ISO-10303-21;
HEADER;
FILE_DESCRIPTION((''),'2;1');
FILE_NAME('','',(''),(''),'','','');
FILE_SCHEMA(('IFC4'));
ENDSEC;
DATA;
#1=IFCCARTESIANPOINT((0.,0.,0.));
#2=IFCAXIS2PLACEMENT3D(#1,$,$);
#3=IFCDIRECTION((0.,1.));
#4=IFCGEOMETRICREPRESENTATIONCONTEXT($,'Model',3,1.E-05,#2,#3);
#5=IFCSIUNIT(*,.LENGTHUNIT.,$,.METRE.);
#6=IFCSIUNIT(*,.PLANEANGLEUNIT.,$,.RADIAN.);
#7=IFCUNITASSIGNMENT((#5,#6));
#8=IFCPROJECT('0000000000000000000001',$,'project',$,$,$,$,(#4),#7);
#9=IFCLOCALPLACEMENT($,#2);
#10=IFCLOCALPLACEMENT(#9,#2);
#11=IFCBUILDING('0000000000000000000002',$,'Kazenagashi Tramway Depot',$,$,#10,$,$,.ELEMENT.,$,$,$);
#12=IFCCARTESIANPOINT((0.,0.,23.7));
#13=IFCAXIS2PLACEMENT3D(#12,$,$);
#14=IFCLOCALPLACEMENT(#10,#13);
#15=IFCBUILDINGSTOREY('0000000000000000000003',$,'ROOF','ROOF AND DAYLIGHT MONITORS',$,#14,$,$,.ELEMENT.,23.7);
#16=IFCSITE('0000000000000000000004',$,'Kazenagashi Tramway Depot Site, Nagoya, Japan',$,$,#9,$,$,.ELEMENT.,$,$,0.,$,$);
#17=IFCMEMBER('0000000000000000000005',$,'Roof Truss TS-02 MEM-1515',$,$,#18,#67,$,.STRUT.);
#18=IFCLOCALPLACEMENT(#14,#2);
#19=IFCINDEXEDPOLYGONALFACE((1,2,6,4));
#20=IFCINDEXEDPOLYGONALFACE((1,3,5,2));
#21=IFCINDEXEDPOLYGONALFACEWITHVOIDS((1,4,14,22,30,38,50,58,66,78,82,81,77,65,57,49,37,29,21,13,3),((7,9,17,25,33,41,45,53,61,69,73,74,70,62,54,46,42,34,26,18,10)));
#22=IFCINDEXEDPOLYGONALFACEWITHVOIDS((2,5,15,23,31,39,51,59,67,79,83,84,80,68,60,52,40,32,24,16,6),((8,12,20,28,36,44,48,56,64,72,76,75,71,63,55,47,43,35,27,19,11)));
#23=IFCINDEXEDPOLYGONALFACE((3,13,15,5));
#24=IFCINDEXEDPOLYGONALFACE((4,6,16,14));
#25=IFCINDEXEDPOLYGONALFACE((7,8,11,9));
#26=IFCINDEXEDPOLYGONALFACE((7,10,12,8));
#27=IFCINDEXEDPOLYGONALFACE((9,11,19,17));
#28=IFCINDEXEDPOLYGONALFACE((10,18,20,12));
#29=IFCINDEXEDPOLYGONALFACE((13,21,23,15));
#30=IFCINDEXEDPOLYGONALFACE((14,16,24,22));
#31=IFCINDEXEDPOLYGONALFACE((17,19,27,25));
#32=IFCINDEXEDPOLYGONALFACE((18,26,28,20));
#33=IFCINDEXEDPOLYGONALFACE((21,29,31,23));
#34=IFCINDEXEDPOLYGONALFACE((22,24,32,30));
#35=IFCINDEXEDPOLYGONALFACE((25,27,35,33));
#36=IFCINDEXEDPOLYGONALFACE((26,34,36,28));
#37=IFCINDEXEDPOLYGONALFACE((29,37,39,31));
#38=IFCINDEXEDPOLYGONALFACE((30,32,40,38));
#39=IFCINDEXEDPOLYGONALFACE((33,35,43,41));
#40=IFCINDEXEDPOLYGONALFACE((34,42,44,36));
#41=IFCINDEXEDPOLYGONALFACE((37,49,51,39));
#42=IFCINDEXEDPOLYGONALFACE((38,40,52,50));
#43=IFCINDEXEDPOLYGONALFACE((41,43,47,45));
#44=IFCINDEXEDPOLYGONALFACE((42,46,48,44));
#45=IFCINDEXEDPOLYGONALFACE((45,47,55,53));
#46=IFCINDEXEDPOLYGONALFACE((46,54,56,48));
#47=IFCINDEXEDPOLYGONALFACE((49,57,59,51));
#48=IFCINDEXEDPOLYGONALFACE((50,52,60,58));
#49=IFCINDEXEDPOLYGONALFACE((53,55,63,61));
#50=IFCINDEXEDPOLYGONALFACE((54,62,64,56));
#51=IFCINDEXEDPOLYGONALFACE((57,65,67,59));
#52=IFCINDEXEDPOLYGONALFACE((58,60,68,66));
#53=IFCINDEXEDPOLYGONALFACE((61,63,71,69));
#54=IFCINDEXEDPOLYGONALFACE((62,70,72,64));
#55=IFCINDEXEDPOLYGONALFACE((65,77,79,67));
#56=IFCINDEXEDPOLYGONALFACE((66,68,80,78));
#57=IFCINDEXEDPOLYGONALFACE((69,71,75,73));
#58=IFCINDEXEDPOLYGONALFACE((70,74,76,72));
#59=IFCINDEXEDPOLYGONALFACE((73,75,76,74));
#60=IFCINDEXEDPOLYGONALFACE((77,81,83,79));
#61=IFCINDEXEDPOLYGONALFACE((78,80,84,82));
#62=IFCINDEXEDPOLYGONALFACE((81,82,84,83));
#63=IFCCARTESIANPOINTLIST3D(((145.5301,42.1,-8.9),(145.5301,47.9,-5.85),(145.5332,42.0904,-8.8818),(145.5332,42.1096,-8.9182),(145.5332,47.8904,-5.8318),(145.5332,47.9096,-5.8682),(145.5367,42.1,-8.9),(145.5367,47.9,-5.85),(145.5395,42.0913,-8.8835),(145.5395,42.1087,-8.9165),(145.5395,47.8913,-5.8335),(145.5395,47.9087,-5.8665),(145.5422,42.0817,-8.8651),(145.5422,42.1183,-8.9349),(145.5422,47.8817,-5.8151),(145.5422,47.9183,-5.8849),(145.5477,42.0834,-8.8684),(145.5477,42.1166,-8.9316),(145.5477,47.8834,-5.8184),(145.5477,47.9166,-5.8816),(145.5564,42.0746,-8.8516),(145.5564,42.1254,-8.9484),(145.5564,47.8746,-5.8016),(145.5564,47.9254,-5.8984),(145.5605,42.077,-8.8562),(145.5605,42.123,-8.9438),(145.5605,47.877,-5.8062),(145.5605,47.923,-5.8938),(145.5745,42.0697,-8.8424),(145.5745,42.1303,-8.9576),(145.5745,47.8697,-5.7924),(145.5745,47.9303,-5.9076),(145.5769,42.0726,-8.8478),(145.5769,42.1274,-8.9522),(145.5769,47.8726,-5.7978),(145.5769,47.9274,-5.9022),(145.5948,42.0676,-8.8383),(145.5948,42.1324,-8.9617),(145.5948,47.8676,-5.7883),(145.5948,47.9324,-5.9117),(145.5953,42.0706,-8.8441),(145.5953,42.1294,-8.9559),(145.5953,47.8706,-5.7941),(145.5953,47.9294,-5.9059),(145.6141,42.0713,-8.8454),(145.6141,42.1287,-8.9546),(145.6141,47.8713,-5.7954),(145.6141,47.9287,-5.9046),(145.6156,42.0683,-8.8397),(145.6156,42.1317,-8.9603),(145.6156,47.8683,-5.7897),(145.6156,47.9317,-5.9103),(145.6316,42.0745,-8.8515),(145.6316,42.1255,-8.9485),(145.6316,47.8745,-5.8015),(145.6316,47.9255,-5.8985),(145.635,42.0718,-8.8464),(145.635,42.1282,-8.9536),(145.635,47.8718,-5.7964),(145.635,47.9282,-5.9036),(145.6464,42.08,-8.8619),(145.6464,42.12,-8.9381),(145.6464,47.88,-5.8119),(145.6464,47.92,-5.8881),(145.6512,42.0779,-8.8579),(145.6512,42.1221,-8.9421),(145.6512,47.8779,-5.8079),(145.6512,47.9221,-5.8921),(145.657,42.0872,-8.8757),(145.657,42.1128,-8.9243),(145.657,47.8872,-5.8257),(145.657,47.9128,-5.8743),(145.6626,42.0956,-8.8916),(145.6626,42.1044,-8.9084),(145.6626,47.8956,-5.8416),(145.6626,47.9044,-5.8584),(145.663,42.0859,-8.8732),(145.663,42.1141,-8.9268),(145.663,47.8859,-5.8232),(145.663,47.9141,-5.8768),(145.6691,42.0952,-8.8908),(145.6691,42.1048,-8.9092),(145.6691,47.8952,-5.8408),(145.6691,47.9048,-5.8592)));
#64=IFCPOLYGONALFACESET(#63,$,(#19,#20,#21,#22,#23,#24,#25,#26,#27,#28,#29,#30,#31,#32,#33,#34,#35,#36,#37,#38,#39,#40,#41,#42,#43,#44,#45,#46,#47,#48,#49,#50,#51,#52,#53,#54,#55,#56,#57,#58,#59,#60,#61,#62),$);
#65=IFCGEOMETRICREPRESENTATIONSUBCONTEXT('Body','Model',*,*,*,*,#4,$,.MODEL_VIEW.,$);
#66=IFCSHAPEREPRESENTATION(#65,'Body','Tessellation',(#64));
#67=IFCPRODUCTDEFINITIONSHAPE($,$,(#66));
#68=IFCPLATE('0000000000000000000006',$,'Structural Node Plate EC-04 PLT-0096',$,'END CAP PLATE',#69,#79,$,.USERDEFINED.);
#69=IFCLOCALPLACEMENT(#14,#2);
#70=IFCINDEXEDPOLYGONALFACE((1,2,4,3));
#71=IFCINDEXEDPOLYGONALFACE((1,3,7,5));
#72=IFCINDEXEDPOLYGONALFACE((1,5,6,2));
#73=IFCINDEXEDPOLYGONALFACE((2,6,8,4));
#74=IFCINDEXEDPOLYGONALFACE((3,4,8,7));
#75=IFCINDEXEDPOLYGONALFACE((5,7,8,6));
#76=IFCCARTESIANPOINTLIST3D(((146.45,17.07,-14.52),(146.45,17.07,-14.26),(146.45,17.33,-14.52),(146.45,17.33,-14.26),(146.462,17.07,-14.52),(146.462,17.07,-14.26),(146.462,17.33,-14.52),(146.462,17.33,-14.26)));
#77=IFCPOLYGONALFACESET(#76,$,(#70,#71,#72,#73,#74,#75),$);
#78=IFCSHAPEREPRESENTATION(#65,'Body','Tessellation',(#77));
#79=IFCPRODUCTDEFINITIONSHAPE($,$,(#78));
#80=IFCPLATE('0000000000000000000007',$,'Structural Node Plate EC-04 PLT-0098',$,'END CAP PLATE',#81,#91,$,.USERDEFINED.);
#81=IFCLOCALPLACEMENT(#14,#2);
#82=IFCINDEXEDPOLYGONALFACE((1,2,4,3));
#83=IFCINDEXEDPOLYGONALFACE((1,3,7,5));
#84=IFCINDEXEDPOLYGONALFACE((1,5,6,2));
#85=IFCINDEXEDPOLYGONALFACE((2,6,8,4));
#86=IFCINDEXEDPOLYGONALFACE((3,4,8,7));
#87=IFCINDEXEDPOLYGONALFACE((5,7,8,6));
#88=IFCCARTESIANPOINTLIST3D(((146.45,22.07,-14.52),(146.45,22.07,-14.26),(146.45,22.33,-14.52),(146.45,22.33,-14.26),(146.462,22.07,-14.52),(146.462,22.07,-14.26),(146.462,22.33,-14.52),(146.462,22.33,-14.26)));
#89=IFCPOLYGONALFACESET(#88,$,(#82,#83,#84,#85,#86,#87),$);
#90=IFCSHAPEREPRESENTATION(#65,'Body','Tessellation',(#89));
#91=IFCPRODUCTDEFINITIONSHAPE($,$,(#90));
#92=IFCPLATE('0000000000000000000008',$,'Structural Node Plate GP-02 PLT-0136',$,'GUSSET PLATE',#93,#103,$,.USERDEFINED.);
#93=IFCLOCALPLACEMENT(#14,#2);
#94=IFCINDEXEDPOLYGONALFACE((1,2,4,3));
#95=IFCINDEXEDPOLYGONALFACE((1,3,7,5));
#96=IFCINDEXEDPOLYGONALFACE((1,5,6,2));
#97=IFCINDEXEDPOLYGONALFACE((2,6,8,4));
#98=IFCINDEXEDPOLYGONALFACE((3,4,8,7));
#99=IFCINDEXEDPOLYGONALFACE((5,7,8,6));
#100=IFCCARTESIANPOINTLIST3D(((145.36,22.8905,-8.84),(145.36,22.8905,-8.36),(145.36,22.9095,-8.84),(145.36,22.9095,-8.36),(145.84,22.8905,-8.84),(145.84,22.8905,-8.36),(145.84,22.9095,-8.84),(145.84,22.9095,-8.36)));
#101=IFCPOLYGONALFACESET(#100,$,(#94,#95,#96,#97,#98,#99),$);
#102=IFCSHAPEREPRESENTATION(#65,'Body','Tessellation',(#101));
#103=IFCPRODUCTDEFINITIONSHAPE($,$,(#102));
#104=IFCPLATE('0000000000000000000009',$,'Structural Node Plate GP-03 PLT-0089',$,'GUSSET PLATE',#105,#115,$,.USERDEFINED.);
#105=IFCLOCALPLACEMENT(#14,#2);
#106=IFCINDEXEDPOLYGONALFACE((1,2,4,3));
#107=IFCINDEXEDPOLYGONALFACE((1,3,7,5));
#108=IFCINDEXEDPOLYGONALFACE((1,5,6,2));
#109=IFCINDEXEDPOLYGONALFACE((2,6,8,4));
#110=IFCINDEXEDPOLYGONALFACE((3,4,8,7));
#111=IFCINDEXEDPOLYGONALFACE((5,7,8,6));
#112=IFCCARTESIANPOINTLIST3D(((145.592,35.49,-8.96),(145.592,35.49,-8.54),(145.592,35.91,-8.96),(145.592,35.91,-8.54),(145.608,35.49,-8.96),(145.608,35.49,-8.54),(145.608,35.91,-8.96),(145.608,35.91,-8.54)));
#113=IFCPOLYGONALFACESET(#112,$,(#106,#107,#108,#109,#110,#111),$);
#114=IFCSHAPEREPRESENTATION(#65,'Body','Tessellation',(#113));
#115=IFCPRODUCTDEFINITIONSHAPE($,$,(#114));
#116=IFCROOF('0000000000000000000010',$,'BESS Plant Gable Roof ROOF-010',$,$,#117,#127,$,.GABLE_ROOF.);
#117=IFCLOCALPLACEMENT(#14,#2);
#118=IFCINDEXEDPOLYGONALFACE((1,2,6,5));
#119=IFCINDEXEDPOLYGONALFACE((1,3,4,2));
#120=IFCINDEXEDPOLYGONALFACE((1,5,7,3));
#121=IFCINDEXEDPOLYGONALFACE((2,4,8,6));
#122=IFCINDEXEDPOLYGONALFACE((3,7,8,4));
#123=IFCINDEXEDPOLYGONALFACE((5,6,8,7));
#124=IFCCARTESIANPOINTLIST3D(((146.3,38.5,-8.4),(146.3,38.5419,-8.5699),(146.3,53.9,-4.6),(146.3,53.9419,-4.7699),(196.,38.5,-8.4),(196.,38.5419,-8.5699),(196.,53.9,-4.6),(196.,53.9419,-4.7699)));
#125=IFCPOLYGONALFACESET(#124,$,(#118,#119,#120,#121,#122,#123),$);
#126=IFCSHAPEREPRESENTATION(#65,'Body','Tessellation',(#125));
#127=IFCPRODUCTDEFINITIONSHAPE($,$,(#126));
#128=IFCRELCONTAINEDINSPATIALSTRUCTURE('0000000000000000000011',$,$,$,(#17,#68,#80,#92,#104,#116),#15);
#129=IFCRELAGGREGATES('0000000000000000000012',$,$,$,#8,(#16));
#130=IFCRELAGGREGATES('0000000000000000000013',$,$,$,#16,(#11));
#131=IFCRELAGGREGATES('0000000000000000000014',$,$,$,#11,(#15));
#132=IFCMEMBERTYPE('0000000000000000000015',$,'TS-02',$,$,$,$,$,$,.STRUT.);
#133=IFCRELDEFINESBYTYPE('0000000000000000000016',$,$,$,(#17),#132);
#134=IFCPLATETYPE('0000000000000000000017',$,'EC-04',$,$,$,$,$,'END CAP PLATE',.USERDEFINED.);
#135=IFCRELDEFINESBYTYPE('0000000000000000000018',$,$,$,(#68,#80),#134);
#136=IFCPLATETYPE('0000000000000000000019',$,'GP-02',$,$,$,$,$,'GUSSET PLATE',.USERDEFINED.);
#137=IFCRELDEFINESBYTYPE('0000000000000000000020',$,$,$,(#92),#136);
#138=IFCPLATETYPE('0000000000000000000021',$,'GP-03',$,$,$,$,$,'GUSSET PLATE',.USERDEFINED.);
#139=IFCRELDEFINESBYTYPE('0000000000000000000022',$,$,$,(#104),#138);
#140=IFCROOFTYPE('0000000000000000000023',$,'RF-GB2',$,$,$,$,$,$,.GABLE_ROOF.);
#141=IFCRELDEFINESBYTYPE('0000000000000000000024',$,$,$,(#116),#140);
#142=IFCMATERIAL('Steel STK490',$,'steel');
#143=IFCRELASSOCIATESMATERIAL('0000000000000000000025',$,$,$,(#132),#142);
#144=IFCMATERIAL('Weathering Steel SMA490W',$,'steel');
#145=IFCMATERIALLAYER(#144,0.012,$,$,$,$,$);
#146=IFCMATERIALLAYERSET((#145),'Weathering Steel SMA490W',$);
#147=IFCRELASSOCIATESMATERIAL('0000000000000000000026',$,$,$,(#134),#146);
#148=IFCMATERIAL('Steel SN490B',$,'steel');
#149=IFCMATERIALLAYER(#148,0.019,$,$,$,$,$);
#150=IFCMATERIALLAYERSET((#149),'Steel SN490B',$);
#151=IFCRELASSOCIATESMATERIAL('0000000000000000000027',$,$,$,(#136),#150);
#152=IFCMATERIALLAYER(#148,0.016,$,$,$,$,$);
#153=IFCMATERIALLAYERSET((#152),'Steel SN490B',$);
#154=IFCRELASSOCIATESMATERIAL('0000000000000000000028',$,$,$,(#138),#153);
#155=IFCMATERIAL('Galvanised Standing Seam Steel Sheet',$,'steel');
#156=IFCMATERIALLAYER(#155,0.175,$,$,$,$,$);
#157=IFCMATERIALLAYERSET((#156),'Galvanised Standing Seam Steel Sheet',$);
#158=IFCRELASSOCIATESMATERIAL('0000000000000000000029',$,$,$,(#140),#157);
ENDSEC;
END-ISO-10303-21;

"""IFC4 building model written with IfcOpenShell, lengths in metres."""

from ifc_helpers import new_model, si_unit, direction, frame, origin, origin_2d, place, context, subcontext, project, spatial, polyline, rectangle, hollow_circle, outline, extrude, material, layer, layer_set, material_profile, profile_set, type_object, element, save


model = new_model("IFC4")

# Units and contexts
model_context = context("Model", 3, precision=1e-05, world=origin(), true_north=direction((0.0, 1.0)))
body_context = subcontext(model_context, "Body", "Model", "MODEL_VIEW")
ifc_project = project(units=[si_unit("LENGTHUNIT", "METRE"), si_unit("PLANEANGLEUNIT", "RADIAN")], contexts=[model_context])

# Site, building, storey
site_placement = place(None, origin())
site = spatial("IfcSite", under=ifc_project, at=site_placement, Name="Kazenagashi Tramway Depot Site, Nagoya, Japan", CompositionType="ELEMENT", RefElevation=0.0)
building_placement = place(site_placement, origin())
building = spatial("IfcBuilding", under=site, at=building_placement, Name="Kazenagashi Tramway Depot", CompositionType="ELEMENT")
storey_placement = place(building_placement, frame((0.0, 0.0, 23.7)))
storey = spatial("IfcBuildingStorey", under=building, at=storey_placement, Name="ROOF", Description="ROOF AND DAYLIGHT MONITORS", CompositionType="ELEMENT", Elevation=23.7)

# Member
ifc_material_1 = material(Name="Steel STK490", Category="steel")
ifc_material_profile_1 = material_profile(ifc_material_1, hollow_circle(Radius=0.0699, WallThickness=0.0066, at=origin_2d()), Name="CHS-139.8x6.6")
ifc_profile_set_1 = profile_set([ifc_material_profile_1], Name="Steel STK490")
member_type_1 = type_object("IfcMemberType", Name="TS-02", PredefinedType="STRUT", material=ifc_profile_set_1)
member_1_placement = place(storey_placement, frame((145.6, 42.1, -8.9), z_axis=(0.0, 0.885084, 0.465432), x_axis=(-1.0, 0.0, 0.0)))
element("IfcMember", 1, at=member_1_placement, inside=storey, type_object=member_type_1, Name="Roof Truss TS-02 MEM-1515", PredefinedType="STRUT", context=body_context, shape_type="SweptSolid", body=[
    extrude(hollow_circle(Radius=0.0699, WallThickness=0.0066, at=origin_2d()), origin(), (0.0, 0.0, 1.0), 6.5531),
])

# Plates
ifc_material_2 = material(Name="Weathering Steel SMA490W", Category="steel")
ifc_layer_1 = layer(ifc_material_2, 0.012)
ifc_layer_set_1 = layer_set([ifc_layer_1], Name="Weathering Steel SMA490W")
plate_type_1 = type_object("IfcPlateType", Name="EC-04", ElementType="END CAP PLATE", PredefinedType="USERDEFINED", material=ifc_layer_set_1)
for number, where, z_axis, x_axis, name in (
    (2, (146.456, 17.2, -14.52), (0.0, 0.0, 1.0), (0.0, 1.0, 0.0), "Structural Node Plate EC-04 PLT-0096"),
    (3, (146.456, 22.2, -14.52), (0.0, 0.0, 1.0), (0.0, 1.0, 0.0), "Structural Node Plate EC-04 PLT-0098"),
):
    element("IfcPlate", number, at=place(storey_placement, frame(where, z_axis=z_axis, x_axis=x_axis)), inside=storey, type_object=plate_type_1, Name=name, ObjectType="END CAP PLATE", PredefinedType="USERDEFINED", context=body_context, shape_type="SweptSolid", body=[
        extrude(rectangle(XDim=0.26, YDim=0.012, at=origin_2d()), origin(), (0.0, 0.0, 1.0), 0.26),
    ])
ifc_material_3 = material(Name="Steel SN490B", Category="steel")
ifc_layer_2 = layer(ifc_material_3, 0.019)
ifc_layer_set_2 = layer_set([ifc_layer_2], Name="Steel SN490B")
plate_type_2 = type_object("IfcPlateType", Name="GP-02", ElementType="GUSSET PLATE", PredefinedType="USERDEFINED", material=ifc_layer_set_2)
plate_1_placement = place(storey_placement, frame((145.6, 22.9, -8.84), z_axis=(0.0, 0.0, 1.0), x_axis=(1.0, 0.0, 0.0)))
element("IfcPlate", 4, at=plate_1_placement, inside=storey, type_object=plate_type_2, Name="Structural Node Plate GP-02 PLT-0136", ObjectType="GUSSET PLATE", PredefinedType="USERDEFINED", context=body_context, shape_type="SweptSolid", body=[
    extrude(rectangle(XDim=0.48, YDim=0.019, at=origin_2d()), origin(), (0.0, 0.0, 1.0), 0.48),
])
ifc_layer_3 = layer(ifc_material_3, 0.016)
ifc_layer_set_3 = layer_set([ifc_layer_3], Name="Steel SN490B")
plate_type_3 = type_object("IfcPlateType", Name="GP-03", ElementType="GUSSET PLATE", PredefinedType="USERDEFINED", material=ifc_layer_set_3)
plate_2_placement = place(storey_placement, frame((145.6, 35.7, -8.96), z_axis=(0.0, 0.0, 1.0), x_axis=(0.0, 1.0, 0.0)))
element("IfcPlate", 5, at=plate_2_placement, inside=storey, type_object=plate_type_3, Name="Structural Node Plate GP-03 PLT-0089", ObjectType="GUSSET PLATE", PredefinedType="USERDEFINED", context=body_context, shape_type="SweptSolid", body=[
    extrude(rectangle(XDim=0.42, YDim=0.016, at=origin_2d()), origin(), (0.0, 0.0, 1.0), 0.42),
])

# Roof
ifc_material_4 = material(Name="Galvanised Standing Seam Steel Sheet", Category="steel")
ifc_layer_4 = layer(ifc_material_4, 0.175)
ifc_layer_set_4 = layer_set([ifc_layer_4], Name="Galvanised Standing Seam Steel Sheet")
roof_type = type_object("IfcRoofType", Name="RF-GB2", PredefinedType="GABLE_ROOF", material=ifc_layer_set_4)
roof_placement = place(storey_placement, frame((146.3, 38.5, -8.4), z_axis=(0.0, -0.239568, 0.97088), x_axis=(1.0, 0.0, 0.0)))
element("IfcRoof", 6, at=roof_placement, inside=storey, type_object=roof_type, Name="BESS Plant Gable Roof ROOF-010", PredefinedType="GABLE_ROOF", context=body_context, shape_type="SweptSolid", body=[
    extrude(outline(polyline([(0.0, 0.0), (49.7, 0.0), (49.7, 15.8619), (0.0, 15.8619), (0.0, 0.0)])), origin(), (0.0, 0.0, -1.0), 0.175),
])

save(model, "model.ifc")
